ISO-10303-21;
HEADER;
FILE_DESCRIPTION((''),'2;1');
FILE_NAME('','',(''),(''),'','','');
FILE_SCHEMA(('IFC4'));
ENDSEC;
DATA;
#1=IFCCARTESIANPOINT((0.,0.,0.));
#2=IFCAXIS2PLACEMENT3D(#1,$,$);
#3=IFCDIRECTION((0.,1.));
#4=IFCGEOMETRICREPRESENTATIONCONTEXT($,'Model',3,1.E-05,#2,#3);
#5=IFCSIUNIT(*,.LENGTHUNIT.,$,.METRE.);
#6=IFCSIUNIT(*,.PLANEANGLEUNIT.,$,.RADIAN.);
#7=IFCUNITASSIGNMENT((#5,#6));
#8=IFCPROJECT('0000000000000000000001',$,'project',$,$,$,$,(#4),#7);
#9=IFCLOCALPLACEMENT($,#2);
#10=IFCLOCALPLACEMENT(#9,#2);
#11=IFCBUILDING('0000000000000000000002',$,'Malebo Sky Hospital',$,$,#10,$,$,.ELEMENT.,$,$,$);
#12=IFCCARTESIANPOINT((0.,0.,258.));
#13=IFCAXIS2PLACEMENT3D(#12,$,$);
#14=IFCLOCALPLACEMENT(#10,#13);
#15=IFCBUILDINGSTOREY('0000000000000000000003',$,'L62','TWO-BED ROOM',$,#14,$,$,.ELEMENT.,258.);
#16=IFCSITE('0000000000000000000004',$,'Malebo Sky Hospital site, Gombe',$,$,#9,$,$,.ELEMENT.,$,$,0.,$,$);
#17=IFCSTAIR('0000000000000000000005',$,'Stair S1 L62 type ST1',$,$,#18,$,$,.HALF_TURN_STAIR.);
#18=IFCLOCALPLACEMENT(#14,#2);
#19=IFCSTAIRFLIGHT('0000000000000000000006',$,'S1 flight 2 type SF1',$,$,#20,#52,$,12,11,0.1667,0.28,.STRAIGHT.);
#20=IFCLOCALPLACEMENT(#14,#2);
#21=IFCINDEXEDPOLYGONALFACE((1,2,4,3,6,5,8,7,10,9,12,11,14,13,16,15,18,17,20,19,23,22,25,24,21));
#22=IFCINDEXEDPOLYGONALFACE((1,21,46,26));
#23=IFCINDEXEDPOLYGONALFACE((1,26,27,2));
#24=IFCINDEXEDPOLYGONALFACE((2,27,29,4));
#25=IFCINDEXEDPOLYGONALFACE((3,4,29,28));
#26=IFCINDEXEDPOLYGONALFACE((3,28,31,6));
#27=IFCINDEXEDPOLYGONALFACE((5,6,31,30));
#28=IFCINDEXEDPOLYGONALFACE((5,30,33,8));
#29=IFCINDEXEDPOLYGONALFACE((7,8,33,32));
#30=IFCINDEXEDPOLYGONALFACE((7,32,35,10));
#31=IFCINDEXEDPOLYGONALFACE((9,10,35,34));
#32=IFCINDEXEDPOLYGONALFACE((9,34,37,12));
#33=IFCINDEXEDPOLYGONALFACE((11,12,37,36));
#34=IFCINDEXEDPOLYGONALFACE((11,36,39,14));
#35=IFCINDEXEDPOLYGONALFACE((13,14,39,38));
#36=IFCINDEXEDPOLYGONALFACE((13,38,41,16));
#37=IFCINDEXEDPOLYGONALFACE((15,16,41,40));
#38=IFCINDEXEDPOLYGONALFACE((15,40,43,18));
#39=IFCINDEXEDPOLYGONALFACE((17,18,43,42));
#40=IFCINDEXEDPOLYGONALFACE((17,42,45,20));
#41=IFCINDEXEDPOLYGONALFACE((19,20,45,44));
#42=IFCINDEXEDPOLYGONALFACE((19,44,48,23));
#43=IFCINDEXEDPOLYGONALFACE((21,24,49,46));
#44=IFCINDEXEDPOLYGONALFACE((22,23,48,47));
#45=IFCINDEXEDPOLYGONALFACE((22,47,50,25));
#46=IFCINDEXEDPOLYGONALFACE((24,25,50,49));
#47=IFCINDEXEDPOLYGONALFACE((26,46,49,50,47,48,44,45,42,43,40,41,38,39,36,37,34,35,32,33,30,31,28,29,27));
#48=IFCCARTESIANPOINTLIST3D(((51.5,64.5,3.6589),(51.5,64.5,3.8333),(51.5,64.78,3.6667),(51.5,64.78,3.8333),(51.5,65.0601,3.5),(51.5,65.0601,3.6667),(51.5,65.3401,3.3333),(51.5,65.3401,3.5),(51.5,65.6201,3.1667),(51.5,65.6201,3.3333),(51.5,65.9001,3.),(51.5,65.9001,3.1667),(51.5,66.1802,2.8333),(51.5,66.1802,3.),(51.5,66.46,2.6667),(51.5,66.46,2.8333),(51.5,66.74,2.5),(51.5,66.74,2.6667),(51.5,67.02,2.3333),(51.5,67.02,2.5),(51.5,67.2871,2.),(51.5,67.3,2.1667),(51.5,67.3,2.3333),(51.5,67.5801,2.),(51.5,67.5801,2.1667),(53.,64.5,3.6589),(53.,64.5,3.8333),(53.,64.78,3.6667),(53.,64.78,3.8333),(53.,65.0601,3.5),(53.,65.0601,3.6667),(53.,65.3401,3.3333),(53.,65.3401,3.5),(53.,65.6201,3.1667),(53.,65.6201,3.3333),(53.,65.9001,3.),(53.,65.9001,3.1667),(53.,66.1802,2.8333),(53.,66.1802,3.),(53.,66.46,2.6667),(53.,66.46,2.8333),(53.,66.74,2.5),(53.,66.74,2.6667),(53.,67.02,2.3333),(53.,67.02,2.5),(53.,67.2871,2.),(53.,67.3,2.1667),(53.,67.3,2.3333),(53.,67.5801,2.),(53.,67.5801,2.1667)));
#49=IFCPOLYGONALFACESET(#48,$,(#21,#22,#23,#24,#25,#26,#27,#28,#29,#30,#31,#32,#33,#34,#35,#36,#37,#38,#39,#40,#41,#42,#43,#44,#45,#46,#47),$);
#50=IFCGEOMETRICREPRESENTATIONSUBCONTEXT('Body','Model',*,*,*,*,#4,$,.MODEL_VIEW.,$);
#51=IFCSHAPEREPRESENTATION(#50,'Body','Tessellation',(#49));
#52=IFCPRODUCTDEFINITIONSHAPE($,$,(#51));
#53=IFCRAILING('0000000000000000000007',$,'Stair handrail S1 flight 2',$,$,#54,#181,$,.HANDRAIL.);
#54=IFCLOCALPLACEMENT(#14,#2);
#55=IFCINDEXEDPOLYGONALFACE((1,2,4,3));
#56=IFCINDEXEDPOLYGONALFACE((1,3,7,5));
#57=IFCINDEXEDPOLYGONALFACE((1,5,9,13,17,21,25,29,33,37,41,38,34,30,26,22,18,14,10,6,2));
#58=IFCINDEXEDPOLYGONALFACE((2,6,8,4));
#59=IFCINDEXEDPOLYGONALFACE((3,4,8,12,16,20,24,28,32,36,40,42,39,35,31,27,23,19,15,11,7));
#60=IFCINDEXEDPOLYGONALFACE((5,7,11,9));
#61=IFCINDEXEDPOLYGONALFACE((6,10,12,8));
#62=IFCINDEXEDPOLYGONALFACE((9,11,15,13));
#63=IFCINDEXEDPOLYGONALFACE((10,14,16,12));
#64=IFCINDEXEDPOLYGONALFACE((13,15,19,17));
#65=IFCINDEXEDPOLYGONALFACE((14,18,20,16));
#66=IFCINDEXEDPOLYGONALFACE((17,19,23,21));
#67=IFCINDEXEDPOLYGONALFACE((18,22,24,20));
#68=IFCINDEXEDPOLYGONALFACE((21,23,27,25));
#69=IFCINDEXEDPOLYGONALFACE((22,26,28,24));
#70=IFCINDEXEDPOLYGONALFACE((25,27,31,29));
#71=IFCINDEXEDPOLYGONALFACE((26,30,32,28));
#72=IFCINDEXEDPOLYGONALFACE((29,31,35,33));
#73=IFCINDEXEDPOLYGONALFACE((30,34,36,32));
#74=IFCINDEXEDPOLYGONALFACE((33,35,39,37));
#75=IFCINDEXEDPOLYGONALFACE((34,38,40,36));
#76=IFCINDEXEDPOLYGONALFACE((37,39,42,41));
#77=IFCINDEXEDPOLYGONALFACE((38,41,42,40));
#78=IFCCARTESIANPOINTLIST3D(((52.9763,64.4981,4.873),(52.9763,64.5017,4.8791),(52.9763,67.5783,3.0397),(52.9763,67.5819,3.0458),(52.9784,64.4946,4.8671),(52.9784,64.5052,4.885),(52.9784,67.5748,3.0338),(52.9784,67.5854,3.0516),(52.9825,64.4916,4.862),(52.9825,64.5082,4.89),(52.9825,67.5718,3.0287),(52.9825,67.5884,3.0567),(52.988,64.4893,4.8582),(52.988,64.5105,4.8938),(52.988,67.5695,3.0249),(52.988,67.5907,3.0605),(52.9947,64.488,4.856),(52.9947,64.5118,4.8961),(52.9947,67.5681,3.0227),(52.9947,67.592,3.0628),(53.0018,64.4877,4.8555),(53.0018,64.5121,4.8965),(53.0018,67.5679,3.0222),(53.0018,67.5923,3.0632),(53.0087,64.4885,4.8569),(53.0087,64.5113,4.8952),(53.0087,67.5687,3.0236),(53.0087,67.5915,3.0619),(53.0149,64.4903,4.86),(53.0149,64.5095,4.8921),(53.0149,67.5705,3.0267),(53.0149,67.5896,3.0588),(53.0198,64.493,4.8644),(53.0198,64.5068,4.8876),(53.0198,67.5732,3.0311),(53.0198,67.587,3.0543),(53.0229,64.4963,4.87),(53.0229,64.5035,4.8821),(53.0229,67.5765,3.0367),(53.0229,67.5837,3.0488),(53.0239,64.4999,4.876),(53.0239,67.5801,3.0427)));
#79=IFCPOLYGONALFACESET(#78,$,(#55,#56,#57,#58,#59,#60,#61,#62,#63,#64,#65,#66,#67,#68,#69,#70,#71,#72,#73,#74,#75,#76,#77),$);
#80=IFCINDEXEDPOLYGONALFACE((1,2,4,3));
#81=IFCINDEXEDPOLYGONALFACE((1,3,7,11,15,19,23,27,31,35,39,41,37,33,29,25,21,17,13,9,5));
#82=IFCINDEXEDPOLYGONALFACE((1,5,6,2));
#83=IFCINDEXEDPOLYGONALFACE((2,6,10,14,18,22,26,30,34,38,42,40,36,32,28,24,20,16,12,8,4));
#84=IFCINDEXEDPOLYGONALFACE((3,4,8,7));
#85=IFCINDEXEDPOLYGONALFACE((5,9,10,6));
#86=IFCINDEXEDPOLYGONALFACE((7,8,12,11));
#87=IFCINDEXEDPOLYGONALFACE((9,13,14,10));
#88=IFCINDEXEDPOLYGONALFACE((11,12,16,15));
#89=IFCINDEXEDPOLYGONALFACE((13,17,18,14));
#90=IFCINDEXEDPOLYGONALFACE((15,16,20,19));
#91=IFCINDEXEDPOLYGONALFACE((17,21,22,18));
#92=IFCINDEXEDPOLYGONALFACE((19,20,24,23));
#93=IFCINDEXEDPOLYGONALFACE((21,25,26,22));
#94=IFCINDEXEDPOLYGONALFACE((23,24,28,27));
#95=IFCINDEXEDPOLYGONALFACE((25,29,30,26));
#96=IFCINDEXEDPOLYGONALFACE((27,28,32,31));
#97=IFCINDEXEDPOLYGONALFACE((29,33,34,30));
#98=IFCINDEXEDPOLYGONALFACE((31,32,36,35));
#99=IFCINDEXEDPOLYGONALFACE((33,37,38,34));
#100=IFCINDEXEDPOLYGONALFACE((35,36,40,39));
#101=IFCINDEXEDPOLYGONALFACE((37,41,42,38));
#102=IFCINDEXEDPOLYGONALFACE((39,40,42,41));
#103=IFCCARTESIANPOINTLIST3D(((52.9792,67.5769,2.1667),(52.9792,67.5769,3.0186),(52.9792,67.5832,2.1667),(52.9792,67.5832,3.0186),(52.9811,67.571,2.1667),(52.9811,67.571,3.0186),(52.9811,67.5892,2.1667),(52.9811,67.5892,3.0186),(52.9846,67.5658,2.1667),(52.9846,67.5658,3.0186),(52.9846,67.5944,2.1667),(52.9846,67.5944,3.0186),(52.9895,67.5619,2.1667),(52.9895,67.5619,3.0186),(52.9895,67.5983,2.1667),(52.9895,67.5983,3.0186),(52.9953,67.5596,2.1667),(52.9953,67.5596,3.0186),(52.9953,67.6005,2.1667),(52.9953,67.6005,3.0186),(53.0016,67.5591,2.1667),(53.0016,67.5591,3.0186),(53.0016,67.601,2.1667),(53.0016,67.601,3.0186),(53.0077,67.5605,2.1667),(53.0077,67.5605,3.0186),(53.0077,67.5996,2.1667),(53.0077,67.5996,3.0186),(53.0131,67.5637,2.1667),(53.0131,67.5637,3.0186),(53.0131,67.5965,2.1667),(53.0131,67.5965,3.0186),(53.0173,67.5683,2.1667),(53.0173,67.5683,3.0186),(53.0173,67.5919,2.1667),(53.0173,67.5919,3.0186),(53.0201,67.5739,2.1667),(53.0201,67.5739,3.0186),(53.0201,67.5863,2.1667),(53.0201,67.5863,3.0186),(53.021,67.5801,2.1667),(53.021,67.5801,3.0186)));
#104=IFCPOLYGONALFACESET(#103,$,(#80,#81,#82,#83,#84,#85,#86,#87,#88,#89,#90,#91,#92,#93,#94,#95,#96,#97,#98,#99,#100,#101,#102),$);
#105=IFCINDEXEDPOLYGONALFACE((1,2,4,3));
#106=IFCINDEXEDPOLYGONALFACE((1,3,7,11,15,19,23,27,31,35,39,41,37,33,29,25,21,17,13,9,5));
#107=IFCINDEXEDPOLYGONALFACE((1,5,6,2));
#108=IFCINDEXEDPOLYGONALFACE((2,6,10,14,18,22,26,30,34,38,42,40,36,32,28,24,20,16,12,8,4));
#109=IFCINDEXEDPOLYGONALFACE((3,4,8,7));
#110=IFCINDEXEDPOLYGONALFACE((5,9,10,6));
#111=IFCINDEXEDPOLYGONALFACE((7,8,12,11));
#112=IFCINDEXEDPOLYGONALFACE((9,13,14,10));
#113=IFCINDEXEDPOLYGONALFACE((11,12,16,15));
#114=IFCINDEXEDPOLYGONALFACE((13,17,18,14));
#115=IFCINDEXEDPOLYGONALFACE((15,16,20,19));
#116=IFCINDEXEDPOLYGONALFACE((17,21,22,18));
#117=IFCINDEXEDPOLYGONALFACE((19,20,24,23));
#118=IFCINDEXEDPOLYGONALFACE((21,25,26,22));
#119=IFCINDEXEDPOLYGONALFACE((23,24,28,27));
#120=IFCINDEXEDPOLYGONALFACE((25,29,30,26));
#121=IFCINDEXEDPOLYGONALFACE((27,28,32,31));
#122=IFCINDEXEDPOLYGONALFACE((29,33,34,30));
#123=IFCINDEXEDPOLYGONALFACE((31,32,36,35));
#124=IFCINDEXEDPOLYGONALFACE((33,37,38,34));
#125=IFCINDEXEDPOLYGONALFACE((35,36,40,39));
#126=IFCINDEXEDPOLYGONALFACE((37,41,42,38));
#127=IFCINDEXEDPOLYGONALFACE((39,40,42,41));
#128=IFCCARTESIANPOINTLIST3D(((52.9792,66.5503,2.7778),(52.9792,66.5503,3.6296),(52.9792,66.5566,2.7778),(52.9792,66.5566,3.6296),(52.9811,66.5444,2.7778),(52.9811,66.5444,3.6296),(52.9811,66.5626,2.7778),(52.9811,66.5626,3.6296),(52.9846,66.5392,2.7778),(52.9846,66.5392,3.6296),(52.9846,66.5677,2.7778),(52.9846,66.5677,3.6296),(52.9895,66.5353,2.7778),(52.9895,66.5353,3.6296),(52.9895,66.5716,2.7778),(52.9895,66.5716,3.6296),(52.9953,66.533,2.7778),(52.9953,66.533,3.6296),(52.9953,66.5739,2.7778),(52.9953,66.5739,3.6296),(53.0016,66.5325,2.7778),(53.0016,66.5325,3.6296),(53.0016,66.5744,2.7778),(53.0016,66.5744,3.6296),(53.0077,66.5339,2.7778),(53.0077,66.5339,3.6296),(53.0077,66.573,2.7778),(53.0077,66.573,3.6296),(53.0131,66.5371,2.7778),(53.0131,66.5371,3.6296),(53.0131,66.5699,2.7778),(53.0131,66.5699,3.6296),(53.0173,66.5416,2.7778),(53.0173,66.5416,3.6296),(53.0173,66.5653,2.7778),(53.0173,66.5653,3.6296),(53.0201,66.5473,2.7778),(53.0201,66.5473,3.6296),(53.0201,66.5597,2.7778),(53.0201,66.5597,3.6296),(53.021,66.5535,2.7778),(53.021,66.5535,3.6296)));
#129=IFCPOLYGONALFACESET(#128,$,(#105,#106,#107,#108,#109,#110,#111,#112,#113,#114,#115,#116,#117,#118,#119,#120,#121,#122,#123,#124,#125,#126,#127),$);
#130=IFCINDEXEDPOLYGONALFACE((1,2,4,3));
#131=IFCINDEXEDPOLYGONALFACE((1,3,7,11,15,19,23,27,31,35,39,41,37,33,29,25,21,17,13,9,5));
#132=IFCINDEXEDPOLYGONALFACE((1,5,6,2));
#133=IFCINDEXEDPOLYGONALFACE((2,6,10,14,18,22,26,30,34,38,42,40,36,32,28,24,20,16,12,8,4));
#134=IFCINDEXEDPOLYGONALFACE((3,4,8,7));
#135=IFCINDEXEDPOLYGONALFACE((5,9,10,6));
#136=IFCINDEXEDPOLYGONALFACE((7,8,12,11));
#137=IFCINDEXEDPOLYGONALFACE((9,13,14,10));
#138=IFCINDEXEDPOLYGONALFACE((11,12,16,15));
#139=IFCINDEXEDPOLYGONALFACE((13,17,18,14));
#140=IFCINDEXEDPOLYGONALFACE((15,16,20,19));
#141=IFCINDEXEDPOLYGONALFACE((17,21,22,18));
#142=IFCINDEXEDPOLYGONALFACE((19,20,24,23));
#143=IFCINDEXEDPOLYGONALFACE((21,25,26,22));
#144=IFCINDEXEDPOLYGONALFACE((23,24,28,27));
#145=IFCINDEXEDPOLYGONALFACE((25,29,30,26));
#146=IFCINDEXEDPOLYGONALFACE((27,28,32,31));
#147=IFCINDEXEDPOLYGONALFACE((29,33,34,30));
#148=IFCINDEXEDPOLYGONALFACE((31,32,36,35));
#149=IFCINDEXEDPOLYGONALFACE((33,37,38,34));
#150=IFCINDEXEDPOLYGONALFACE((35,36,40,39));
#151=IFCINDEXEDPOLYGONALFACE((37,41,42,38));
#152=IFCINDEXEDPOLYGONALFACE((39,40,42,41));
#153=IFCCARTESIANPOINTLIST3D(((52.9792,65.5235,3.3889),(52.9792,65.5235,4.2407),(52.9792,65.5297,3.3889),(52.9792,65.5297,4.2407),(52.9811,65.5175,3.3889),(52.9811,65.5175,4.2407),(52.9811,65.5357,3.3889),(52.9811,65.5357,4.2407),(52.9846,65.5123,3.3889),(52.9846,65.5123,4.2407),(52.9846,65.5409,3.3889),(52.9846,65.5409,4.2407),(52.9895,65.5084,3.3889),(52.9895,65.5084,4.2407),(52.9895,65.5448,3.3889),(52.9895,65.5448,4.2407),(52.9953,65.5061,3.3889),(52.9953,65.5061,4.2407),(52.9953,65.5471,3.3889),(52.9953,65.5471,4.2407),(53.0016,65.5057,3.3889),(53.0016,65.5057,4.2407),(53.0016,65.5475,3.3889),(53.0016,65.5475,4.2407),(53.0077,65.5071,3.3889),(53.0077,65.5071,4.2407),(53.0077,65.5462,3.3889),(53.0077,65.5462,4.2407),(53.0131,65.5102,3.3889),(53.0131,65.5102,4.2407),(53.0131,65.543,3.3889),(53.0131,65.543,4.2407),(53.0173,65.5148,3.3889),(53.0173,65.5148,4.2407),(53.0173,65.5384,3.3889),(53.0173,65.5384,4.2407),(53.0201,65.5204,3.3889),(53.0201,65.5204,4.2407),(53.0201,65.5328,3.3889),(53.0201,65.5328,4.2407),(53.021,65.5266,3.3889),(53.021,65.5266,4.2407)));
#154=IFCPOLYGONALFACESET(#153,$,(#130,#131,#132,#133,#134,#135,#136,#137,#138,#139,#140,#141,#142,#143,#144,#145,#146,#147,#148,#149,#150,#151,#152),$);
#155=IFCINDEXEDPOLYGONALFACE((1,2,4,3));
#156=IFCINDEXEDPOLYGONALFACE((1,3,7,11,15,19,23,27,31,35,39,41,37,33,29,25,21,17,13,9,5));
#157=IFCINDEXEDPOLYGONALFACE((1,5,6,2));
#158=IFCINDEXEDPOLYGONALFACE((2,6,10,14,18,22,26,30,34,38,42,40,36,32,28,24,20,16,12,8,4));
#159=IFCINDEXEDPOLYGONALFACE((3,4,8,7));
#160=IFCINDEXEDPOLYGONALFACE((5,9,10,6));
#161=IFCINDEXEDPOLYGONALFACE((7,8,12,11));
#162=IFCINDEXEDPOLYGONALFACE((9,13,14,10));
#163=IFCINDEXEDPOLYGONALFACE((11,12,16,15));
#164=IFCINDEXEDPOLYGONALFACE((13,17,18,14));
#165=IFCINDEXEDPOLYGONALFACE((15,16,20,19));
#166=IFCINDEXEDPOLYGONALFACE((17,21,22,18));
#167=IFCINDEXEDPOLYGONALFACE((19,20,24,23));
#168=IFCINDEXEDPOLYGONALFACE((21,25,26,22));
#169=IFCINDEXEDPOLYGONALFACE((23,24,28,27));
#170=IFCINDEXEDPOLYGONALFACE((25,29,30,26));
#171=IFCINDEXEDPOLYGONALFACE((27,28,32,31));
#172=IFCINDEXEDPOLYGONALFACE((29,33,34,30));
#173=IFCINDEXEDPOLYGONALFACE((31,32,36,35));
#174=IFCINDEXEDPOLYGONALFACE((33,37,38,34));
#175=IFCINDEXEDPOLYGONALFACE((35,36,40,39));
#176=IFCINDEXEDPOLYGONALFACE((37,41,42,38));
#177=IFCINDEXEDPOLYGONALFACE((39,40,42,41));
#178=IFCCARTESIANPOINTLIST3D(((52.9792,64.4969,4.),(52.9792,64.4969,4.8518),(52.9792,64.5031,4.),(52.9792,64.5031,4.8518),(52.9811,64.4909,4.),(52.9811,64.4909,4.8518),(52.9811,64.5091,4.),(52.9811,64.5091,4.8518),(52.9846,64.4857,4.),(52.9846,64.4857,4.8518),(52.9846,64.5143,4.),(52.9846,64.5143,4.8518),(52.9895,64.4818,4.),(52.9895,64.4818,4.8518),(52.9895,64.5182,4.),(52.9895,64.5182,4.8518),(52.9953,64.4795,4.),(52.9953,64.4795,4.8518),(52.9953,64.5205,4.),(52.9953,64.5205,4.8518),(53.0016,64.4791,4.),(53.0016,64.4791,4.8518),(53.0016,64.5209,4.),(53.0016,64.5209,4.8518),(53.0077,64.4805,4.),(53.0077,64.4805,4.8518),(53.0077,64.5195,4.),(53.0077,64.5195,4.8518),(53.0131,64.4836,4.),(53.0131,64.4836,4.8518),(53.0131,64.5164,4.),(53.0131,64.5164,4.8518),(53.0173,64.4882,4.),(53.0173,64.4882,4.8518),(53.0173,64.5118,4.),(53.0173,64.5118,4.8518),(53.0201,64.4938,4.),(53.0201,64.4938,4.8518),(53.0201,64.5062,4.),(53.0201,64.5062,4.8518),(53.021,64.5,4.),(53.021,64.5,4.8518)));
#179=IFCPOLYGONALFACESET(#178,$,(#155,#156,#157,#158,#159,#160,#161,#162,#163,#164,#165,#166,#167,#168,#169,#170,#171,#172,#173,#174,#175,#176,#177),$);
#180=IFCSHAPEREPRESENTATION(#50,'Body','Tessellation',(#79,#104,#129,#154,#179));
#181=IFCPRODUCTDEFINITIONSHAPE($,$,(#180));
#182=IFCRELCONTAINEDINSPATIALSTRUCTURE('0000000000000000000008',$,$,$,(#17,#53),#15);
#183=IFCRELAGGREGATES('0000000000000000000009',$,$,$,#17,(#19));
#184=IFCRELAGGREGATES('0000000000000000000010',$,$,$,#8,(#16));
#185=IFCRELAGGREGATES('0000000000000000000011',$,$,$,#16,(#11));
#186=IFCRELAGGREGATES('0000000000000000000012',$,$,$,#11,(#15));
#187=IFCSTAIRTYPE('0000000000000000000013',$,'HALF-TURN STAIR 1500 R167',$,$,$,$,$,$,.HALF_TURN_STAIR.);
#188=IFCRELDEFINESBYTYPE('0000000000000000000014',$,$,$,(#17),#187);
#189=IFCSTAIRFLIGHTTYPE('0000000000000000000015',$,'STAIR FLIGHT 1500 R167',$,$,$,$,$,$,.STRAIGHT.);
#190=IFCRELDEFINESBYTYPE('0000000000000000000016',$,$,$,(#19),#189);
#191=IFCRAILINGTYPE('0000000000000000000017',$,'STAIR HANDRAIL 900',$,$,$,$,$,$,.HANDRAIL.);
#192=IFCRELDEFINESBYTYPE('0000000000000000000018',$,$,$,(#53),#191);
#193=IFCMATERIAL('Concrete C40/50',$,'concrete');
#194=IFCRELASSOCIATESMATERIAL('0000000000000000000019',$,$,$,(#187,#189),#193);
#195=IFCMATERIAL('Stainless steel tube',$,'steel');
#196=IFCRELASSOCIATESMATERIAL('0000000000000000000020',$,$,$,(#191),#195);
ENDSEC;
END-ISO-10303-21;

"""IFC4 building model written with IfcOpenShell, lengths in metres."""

from ifc_helpers import new_model, si_unit, direction, frame, origin, origin_2d, place, context, subcontext, project, spatial, polyline, circle, outline, extrude, material, type_object, element, aggregate, save


model = new_model("IFC4")

# Units and contexts
model_context = context("Model", 3, precision=1e-05, world=origin(), true_north=direction((0.0, 1.0)))
body_context = subcontext(model_context, "Body", "Model", "MODEL_VIEW")
ifc_project = project(units=[si_unit("LENGTHUNIT", "METRE"), si_unit("PLANEANGLEUNIT", "RADIAN")], contexts=[model_context])

# Site, building, storey
site_placement = place(None, origin())
site = spatial("IfcSite", under=ifc_project, at=site_placement, Name="Malebo Sky Hospital site, Gombe", CompositionType="ELEMENT", RefElevation=0.0)
building_placement = place(site_placement, origin())
building = spatial("IfcBuilding", under=site, at=building_placement, Name="Malebo Sky Hospital", CompositionType="ELEMENT")
storey_placement = place(building_placement, frame((0.0, 0.0, 258.0)))
storey = spatial("IfcBuildingStorey", under=building, at=storey_placement, Name="L62", Description="TWO-BED ROOM", CompositionType="ELEMENT", Elevation=258.0)

# Stair, stair flight
ifc_material_1 = material(Name="Concrete C40/50", Category="concrete")
stair_type = type_object("IfcStairType", Name="HALF-TURN STAIR 1500 R167", PredefinedType="HALF_TURN_STAIR", material=ifc_material_1)
stair_placement = place(storey_placement, origin())
stair = element("IfcStair", 1, at=stair_placement, inside=storey, type_object=stair_type, Name="Stair S1 L62 type ST1", PredefinedType="HALF_TURN_STAIR")
stair_flight_type = type_object("IfcStairFlightType", Name="STAIR FLIGHT 1500 R167", PredefinedType="STRAIGHT", material=ifc_material_1)
stair_flight_placement = place(storey_placement, frame((52.25, 67.5801, 2.0), z_axis=(0.0, 0.0, 1.0), x_axis=(0.0, -1.0, 0.0)))
stair_flight = element("IfcStairFlight", 2, at=stair_flight_placement, type_object=stair_flight_type, Name="S1 flight 2 type SF1", NumberOfRisers=12, NumberOfTreads=11, PredefinedType="STRAIGHT", RiserHeight=0.1667, TreadLength=0.28, context=body_context, shape_type="SweptSolid", body=[
    extrude(outline(polyline([(0.0, 0.0), (0.0, 0.1667), (0.28, 0.1667), (0.28, 0.3333), (0.5601, 0.3333), (0.5601, 0.5), (0.8401, 0.5), (0.8401, 0.6667), (1.1201, 0.6667), (1.1201, 0.8333), (1.3999, 0.8333), (1.3999, 1.0), (1.6799, 1.0), (1.6799, 1.1667), (1.96, 1.1667), (1.96, 1.3333), (2.24, 1.3333), (2.24, 1.5), (2.52, 1.5), (2.52, 1.6667), (2.8, 1.6667), (2.8, 1.8333), (3.0801, 1.8333), (3.0801, 2.0), (3.0801, 1.6589), (0.293, 0.0), (0.0, 0.0)])), frame((0.0, 0.75, 0.0), z_axis=(0.0, -1.0, 0.0), x_axis=(1.0, 0.0, 0.0)), (0.0, 0.0, 1.0), 1.5),
])
aggregate(stair, [stair_flight])

# Railing
ifc_material_2 = material(Name="Stainless steel tube", Category="steel")
railing_type = type_object("IfcRailingType", Name="STAIR HANDRAIL 900", PredefinedType="HANDRAIL", material=ifc_material_2)
railing_placement = place(storey_placement, frame((53.0, 67.5801, 2.1667)))
element("IfcRailing", 3, at=railing_placement, inside=storey, type_object=railing_type, Name="Stair handrail S1 flight 2", PredefinedType="HANDRAIL", context=body_context, shape_type="SweptSolid", body=[
    extrude(circle(Radius=0.0239, at=origin_2d()), frame((0.0, 0.0, 0.876), z_axis=(0.0, -0.859309, 0.511458), x_axis=(1.0, 0.0, 0.0)), (0.0, 0.0, 1.0), 3.5845),
    extrude(circle(Radius=0.021, at=origin_2d()), origin(), (0.0, 0.0, 1.0), 0.8518),
    extrude(circle(Radius=0.021, at=origin_2d()), frame((0.0, -1.0266, 0.6111)), (0.0, 0.0, 1.0), 0.8518),
    extrude(circle(Radius=0.021, at=origin_2d()), frame((0.0, -2.0535, 1.2222)), (0.0, 0.0, 1.0), 0.8518),
    extrude(circle(Radius=0.021, at=origin_2d()), frame((0.0, -3.0801, 1.8333)), (0.0, 0.0, 1.0), 0.8518),
])

save(model, "model.ifc")
